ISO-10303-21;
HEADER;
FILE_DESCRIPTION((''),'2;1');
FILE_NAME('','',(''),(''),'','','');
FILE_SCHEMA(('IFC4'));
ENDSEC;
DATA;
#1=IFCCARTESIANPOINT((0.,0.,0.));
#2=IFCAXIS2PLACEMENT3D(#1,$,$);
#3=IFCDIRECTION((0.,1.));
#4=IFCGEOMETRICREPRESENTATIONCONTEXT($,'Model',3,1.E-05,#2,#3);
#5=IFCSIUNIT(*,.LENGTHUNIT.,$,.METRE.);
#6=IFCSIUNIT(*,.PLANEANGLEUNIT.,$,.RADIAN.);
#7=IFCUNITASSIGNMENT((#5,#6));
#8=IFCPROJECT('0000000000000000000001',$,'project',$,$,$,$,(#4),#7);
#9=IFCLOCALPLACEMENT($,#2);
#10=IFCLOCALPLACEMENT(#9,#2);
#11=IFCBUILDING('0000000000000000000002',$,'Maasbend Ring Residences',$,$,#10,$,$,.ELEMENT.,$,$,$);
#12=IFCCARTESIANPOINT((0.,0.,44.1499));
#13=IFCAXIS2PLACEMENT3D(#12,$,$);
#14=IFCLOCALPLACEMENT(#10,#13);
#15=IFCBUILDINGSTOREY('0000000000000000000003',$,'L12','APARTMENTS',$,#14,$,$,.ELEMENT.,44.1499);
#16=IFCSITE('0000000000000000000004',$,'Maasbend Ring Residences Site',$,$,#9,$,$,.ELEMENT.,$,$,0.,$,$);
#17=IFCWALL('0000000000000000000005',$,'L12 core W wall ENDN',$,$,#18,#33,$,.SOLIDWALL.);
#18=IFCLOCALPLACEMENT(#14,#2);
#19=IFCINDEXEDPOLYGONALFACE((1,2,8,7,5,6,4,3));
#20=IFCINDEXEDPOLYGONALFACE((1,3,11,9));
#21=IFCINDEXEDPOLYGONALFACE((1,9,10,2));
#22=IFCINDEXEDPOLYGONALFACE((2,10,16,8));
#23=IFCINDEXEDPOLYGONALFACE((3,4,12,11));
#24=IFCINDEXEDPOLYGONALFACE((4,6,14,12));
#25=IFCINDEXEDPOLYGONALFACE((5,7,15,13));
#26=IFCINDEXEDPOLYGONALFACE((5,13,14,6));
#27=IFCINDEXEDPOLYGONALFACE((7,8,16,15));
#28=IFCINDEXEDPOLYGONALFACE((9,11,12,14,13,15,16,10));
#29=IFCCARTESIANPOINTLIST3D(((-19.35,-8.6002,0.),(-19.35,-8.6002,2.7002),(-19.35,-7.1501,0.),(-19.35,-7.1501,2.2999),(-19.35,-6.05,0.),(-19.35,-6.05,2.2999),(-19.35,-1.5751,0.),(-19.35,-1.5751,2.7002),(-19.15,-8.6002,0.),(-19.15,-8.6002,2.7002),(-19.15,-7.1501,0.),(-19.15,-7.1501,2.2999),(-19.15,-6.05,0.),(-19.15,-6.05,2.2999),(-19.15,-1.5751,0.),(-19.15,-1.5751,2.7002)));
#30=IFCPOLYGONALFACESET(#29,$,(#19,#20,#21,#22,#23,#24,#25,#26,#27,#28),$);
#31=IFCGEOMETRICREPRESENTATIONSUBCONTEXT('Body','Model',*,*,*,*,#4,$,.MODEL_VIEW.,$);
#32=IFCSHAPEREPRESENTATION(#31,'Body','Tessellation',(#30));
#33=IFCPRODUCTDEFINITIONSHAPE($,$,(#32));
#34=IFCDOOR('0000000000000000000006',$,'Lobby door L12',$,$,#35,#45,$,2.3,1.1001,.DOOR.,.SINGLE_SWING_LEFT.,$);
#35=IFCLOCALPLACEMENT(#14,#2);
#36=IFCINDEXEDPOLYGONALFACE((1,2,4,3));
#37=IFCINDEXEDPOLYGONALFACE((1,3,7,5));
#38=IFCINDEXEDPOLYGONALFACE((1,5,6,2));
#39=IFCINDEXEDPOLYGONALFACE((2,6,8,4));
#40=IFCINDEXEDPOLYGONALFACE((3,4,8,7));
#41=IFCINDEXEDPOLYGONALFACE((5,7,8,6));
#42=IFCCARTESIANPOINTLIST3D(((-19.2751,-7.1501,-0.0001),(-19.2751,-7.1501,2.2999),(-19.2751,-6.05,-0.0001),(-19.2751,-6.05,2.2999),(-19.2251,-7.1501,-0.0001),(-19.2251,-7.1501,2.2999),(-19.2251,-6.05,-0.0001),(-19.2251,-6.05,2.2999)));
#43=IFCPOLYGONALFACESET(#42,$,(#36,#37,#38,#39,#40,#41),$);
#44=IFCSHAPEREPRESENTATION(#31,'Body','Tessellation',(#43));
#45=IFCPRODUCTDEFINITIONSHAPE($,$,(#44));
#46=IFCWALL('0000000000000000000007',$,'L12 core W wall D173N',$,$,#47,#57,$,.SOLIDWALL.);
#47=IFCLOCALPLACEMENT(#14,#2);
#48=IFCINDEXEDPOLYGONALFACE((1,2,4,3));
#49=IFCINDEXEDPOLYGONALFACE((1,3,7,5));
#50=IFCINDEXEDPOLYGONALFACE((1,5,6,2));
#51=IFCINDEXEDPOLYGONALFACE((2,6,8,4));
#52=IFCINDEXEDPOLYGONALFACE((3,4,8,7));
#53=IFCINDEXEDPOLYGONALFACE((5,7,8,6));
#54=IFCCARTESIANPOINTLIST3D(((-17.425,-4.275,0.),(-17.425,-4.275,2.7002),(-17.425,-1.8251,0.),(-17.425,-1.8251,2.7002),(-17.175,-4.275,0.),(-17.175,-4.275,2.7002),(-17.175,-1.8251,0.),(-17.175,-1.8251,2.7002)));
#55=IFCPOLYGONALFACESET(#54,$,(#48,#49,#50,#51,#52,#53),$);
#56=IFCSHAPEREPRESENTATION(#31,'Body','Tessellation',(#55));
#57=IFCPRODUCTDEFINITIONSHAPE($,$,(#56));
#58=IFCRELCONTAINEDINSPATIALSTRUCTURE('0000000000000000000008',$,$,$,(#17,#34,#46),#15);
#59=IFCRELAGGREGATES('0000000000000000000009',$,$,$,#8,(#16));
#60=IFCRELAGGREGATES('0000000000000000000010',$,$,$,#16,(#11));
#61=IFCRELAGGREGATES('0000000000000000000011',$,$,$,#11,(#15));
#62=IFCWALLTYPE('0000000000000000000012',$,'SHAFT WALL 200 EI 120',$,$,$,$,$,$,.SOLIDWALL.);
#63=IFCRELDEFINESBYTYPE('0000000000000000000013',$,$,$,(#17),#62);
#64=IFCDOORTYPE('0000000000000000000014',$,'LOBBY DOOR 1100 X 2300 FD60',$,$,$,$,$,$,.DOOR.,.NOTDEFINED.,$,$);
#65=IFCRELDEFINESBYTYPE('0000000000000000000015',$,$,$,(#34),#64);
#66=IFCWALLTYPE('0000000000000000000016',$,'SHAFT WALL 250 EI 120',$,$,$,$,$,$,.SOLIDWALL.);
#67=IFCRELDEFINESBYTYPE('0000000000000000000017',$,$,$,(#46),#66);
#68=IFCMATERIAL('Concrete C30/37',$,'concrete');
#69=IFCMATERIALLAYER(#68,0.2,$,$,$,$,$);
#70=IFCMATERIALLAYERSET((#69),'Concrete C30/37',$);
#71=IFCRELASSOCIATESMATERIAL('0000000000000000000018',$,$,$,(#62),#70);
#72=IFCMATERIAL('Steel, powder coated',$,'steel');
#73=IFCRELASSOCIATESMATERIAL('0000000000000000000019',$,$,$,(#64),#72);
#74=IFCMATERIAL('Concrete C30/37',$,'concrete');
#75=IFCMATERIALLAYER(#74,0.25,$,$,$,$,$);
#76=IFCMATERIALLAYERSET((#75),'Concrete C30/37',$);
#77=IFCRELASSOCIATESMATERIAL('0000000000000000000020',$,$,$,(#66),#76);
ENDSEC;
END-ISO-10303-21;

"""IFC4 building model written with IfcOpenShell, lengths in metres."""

from ifc_helpers import new_model, si_unit, direction, frame, frame_2d, origin, place, context, subcontext, project, spatial, rectangle, extrude, material, layer, layer_set, type_object, element, fill, save


model = new_model("IFC4")

# Units and contexts
model_context = context("Model", 3, precision=1e-05, world=origin(), true_north=direction((0.0, 1.0)))
body_context = subcontext(model_context, "Body", "Model", "MODEL_VIEW")
ifc_project = project(units=[si_unit("LENGTHUNIT", "METRE"), si_unit("PLANEANGLEUNIT", "RADIAN")], contexts=[model_context])

# Site, building, storey
site_placement = place(None, origin())
site = spatial("IfcSite", under=ifc_project, at=site_placement, Name="Maasbend Ring Residences Site", CompositionType="ELEMENT", RefElevation=0.0)
building_placement = place(site_placement, origin())
building = spatial("IfcBuilding", under=site, at=building_placement, Name="Maasbend Ring Residences", CompositionType="ELEMENT")
storey_placement = place(building_placement, frame((0.0, 0.0, 44.1499)))
storey = spatial("IfcBuildingStorey", under=building, at=storey_placement, Name="L12", Description="APARTMENTS", CompositionType="ELEMENT", Elevation=44.1499)

# Wall, opening, door
ifc_material_1 = material(Name="Concrete C30/37", Category="concrete")
ifc_layer_1 = layer(ifc_material_1, 0.2)
ifc_layer_set_1 = layer_set([ifc_layer_1], Name="Concrete C30/37")
wall_type_1 = type_object("IfcWallType", Name="SHAFT WALL 200 EI 120", PredefinedType="SOLIDWALL", material=ifc_layer_set_1)
wall_1_placement = place(storey_placement, frame((-19.25, -1.575, 0.0), z_axis=(0.0, 0.0, 1.0), x_axis=(0.0, -1.0, 0.0)))
wall_1 = element("IfcWall", 1, at=wall_1_placement, inside=storey, type_object=wall_type_1, Name="L12 core W wall ENDN", PredefinedType="SOLIDWALL", context=body_context, shape_type="SweptSolid", body=[
    extrude(rectangle(XDim=7.0251, YDim=0.2, at=frame_2d((3.5127, 0.0))), origin(), (0.0, 0.0, 1.0), 2.7002),
])
opening_1_placement = place(wall_1_placement, frame((4.4751, 0.0, 0.0)))
opening_1 = element("IfcOpeningElement", 2, at=opening_1_placement, cuts=wall_1, PredefinedType="OPENING", context=body_context, shape_type="SweptSolid", body=[
    extrude(rectangle(XDim=1.1001, YDim=2.3, at=frame_2d((0.55, 1.1499))), frame((0.0, 0.1099, 0.0), z_axis=(0.0, -1.0, 0.0), x_axis=(1.0, 0.0, 0.0)), (0.0, 0.0, 1.0), 0.22),
])
ifc_material_2 = material(Name="Steel, powder coated", Category="steel")
door_type_1 = type_object("IfcDoorType", Name="LOBBY DOOR 1100 X 2300 FD60", OperationType="NOTDEFINED", PredefinedType="DOOR", material=ifc_material_2)
door_1_placement = place(opening_1_placement, origin())
door_1 = element("IfcDoor", 3, at=door_1_placement, inside=storey, type_object=door_type_1, Name="Lobby door L12", OperationType="SINGLE_SWING_LEFT", OverallHeight=2.3, OverallWidth=1.1001, PredefinedType="DOOR", context=body_context, shape_type="SweptSolid", body=[
    extrude(rectangle(XDim=1.1001, YDim=2.3, at=frame_2d((0.55, 1.1499))), frame((0.0, 0.0249, 0.0), z_axis=(0.0, -1.0, 0.0), x_axis=(1.0, 0.0, 0.0)), (0.0, 0.0, 1.0), 0.05),
])
fill(opening_1, door_1)

# Wall
ifc_material_3 = material(Name="Concrete C30/37", Category="concrete")
ifc_layer_2 = layer(ifc_material_3, 0.25)
ifc_layer_set_2 = layer_set([ifc_layer_2], Name="Concrete C30/37")
wall_type_2 = type_object("IfcWallType", Name="SHAFT WALL 250 EI 120", PredefinedType="SOLIDWALL", material=ifc_layer_set_2)
wall_2_placement = place(storey_placement, frame((-17.3, -1.825, 0.0), z_axis=(0.0, 0.0, 1.0), x_axis=(0.0, -1.0, 0.0)))
element("IfcWall", 4, at=wall_2_placement, inside=storey, type_object=wall_type_2, Name="L12 core W wall D173N", PredefinedType="SOLIDWALL", context=body_context, shape_type="SweptSolid", body=[
    extrude(rectangle(XDim=2.45, YDim=0.25, at=frame_2d((1.2251, 0.0))), origin(), (0.0, 0.0, 1.0), 2.7002),
])

save(model, "model.ifc")
